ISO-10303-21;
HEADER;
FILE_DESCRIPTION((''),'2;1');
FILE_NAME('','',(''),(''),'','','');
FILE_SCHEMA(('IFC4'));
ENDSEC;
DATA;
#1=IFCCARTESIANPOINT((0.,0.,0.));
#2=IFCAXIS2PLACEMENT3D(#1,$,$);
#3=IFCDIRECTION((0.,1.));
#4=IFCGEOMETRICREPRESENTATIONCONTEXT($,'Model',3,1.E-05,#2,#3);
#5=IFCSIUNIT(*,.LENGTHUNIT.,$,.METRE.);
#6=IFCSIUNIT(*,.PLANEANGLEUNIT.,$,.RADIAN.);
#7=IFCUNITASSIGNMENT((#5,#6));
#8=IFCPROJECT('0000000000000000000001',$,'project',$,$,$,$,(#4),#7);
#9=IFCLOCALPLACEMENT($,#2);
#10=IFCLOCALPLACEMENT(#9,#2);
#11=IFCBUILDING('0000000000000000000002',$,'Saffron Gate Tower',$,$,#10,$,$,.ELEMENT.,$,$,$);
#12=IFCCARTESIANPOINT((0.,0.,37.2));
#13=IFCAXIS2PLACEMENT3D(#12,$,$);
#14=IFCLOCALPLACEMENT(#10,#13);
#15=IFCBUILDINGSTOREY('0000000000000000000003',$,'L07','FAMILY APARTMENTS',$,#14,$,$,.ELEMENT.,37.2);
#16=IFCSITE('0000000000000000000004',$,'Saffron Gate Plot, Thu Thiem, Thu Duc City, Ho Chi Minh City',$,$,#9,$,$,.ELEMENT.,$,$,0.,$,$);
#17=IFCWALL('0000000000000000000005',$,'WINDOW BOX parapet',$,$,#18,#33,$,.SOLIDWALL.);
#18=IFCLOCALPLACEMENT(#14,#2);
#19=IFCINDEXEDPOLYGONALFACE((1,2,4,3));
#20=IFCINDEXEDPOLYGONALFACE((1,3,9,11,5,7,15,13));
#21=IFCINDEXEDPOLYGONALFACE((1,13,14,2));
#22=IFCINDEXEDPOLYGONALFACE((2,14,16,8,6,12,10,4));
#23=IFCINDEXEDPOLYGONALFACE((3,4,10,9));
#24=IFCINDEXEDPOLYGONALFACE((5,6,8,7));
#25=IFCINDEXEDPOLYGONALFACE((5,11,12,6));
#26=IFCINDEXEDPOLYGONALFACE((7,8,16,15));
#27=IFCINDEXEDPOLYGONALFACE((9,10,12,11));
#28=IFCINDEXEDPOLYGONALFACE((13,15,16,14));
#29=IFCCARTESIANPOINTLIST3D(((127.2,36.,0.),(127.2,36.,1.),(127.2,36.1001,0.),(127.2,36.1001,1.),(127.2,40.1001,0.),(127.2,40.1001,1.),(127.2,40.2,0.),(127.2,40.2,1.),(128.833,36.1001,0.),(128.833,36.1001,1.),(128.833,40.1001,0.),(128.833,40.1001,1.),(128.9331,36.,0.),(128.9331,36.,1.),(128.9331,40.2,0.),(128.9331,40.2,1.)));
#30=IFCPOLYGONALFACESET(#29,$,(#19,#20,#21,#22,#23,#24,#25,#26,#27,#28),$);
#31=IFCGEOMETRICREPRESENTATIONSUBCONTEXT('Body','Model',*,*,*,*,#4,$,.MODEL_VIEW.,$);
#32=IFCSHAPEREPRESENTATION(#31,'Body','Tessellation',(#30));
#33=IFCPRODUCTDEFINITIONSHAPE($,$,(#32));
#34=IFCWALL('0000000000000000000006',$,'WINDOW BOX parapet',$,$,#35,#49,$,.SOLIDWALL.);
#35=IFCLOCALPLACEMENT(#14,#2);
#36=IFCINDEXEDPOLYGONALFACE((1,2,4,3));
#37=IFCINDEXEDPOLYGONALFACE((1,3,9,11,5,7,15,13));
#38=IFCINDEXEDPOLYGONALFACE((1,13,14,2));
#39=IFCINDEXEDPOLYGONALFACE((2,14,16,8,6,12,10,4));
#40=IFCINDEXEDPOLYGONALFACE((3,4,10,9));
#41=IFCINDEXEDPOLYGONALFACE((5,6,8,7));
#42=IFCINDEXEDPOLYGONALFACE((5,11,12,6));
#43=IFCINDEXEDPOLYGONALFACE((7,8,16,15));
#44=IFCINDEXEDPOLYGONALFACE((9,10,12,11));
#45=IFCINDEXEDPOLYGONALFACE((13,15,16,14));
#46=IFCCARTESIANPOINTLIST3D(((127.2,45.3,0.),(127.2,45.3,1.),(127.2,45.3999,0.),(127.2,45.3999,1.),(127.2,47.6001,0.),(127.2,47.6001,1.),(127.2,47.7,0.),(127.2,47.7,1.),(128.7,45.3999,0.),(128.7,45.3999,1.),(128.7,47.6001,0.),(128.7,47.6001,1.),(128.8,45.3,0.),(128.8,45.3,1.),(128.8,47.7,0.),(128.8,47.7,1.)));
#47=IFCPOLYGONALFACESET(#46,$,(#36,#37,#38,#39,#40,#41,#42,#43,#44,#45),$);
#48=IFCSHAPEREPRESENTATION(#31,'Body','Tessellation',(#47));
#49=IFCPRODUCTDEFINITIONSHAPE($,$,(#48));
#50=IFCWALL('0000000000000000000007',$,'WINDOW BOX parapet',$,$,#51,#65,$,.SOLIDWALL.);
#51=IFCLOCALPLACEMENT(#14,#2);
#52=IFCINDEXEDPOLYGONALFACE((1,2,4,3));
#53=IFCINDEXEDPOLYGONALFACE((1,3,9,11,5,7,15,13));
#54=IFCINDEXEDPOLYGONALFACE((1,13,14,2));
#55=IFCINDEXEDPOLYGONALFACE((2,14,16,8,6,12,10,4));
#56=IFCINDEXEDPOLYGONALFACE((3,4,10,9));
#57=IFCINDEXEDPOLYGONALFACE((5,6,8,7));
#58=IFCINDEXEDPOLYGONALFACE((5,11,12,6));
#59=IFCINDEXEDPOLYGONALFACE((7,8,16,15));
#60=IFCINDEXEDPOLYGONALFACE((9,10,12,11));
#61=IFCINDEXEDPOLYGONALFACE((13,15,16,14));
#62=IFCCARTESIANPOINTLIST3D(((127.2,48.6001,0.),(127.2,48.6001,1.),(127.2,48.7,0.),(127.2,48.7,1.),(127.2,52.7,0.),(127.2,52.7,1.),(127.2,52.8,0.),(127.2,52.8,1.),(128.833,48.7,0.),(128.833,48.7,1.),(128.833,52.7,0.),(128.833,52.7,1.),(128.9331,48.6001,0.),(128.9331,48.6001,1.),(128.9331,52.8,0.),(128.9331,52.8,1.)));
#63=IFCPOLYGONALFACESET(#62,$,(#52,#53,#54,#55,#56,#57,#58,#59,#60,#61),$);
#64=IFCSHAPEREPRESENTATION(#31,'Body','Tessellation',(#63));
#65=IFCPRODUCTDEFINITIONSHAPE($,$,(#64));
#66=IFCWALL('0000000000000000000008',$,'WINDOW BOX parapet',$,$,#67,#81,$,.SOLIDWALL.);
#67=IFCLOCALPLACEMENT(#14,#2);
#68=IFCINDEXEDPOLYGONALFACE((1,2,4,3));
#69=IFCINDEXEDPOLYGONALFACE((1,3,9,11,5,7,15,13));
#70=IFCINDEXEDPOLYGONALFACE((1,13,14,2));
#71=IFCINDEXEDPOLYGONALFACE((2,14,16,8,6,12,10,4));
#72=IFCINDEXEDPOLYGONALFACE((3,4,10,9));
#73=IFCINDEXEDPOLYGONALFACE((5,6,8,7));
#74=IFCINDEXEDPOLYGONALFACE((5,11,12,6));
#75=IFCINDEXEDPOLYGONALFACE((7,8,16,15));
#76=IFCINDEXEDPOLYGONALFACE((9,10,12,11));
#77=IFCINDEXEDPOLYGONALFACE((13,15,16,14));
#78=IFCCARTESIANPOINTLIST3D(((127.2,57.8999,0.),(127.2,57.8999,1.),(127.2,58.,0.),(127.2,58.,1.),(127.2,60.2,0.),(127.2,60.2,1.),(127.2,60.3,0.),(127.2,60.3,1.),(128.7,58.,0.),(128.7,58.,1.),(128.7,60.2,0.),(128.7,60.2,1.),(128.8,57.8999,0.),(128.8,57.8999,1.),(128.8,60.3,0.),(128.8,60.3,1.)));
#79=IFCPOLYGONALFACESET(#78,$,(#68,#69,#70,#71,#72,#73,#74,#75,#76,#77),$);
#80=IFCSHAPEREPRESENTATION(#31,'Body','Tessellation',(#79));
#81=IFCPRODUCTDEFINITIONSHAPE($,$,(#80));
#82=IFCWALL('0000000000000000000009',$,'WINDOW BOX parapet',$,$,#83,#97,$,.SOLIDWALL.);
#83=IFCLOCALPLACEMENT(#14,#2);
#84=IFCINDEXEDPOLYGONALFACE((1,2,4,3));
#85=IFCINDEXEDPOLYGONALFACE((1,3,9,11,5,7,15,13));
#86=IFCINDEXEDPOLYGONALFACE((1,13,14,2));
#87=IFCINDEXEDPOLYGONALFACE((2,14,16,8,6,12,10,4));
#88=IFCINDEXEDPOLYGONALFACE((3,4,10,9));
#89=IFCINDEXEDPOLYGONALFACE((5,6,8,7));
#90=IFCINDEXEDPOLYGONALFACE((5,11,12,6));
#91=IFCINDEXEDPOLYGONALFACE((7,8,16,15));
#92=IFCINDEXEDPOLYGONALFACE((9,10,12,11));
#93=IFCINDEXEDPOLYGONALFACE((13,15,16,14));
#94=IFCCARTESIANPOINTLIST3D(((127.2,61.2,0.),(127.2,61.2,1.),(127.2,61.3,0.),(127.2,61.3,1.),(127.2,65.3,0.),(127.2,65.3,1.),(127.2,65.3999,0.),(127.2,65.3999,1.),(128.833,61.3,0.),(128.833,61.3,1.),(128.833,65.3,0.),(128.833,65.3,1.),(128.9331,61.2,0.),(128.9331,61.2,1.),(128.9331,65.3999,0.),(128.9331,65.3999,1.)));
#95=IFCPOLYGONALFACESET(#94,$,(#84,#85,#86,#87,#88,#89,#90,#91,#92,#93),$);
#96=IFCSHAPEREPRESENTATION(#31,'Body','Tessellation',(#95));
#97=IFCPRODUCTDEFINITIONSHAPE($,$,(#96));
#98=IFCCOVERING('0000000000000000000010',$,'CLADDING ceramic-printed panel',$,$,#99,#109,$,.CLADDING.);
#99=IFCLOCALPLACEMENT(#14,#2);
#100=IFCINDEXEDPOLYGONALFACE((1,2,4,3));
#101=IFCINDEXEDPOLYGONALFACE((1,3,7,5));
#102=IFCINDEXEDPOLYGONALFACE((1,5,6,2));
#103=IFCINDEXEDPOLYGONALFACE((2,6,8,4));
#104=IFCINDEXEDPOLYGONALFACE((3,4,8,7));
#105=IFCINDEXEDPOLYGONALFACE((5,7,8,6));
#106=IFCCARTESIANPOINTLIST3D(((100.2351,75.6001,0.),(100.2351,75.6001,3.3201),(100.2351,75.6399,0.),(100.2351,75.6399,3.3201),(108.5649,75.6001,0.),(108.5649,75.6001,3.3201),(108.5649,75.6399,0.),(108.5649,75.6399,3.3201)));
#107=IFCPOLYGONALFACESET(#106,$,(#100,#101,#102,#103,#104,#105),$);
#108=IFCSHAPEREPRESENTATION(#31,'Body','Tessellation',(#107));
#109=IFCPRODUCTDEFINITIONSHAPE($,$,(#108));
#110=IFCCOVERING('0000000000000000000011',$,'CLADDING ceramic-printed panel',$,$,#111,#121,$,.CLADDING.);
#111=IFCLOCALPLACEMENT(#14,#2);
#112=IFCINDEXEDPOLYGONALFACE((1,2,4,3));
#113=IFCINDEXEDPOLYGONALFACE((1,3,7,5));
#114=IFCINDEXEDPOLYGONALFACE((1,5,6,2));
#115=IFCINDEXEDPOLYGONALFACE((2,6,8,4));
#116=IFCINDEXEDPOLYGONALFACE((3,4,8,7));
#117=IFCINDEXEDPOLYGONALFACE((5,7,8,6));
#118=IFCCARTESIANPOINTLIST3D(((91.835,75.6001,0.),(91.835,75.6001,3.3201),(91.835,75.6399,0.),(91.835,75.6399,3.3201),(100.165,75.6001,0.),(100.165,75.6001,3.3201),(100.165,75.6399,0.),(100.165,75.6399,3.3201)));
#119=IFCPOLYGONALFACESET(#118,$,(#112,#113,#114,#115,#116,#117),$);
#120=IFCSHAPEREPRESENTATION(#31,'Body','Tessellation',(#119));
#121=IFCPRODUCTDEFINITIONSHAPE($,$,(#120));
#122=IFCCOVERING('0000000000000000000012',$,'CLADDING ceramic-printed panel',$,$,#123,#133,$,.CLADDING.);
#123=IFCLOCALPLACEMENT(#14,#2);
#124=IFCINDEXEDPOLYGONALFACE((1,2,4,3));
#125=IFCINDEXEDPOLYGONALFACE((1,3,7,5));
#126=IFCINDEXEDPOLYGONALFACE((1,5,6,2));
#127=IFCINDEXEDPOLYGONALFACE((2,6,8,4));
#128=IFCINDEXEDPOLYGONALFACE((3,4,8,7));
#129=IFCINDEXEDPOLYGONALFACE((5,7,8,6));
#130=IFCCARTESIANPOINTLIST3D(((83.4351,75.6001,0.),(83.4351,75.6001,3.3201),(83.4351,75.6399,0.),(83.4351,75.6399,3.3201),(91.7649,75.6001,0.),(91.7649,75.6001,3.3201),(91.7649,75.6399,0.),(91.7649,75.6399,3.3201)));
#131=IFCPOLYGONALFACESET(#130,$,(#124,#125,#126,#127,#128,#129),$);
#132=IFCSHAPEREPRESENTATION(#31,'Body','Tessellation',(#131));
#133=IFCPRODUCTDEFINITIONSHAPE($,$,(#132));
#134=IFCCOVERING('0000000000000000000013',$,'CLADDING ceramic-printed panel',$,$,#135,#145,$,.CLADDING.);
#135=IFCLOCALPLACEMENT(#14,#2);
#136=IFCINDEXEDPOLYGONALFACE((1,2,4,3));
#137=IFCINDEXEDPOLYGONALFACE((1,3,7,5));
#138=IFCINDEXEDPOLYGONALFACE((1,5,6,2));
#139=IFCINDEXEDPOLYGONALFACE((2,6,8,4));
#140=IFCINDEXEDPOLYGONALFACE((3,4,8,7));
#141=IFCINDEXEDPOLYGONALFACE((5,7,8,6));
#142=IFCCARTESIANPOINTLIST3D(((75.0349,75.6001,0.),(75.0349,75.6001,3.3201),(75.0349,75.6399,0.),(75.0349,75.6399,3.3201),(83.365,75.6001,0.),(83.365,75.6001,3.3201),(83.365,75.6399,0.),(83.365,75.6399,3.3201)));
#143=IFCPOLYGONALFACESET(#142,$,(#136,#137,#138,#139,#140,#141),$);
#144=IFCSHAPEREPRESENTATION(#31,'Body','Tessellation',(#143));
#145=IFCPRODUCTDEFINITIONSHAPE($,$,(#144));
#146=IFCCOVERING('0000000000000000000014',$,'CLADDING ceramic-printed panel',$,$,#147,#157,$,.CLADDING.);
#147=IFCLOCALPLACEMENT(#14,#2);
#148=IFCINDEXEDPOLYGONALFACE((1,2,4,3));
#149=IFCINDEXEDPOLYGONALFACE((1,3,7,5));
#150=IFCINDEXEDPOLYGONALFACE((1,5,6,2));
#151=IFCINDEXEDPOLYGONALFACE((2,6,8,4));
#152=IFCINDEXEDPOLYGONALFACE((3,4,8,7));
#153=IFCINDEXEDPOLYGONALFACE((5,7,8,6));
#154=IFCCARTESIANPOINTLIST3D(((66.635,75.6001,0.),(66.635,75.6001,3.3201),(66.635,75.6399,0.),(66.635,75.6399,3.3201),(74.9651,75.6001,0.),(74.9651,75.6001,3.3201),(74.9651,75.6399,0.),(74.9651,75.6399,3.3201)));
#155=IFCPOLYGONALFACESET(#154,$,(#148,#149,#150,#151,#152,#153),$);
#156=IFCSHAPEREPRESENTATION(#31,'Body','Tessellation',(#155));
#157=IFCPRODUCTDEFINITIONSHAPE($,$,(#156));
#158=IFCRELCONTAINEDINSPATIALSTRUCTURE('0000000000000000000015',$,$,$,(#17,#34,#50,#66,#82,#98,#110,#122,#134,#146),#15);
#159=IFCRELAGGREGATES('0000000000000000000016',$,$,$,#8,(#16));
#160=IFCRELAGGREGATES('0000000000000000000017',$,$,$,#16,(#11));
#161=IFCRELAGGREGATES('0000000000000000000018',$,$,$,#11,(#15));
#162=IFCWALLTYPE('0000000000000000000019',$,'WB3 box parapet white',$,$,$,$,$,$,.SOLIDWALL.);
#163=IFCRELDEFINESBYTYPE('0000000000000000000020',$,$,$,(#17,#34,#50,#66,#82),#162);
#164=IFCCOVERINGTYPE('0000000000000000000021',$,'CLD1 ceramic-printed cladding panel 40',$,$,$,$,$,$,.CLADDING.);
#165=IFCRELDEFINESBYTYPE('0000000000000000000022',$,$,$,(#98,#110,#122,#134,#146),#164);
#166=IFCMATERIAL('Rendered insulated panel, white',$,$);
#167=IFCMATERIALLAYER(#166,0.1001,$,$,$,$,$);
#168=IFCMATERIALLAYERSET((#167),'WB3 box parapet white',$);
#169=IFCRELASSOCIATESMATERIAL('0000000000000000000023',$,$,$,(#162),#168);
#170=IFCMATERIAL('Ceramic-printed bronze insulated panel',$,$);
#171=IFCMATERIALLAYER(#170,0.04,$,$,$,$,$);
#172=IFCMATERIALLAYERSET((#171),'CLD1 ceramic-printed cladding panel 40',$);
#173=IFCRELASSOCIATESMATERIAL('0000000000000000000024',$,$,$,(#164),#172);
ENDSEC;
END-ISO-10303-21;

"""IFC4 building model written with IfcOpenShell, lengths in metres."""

from ifc_helpers import new_model, si_unit, direction, frame, origin, place, context, subcontext, project, spatial, polyline, outline, extrude, material, layer, layer_set, type_object, element, save


model = new_model("IFC4")

# Units and contexts
model_context = context("Model", 3, precision=1e-05, world=origin(), true_north=direction((0.0, 1.0)))
body_context = subcontext(model_context, "Body", "Model", "MODEL_VIEW")
ifc_project = project(units=[si_unit("LENGTHUNIT", "METRE"), si_unit("PLANEANGLEUNIT", "RADIAN")], contexts=[model_context])

# Site, building, storey
site_placement = place(None, origin())
site = spatial("IfcSite", under=ifc_project, at=site_placement, Name="Saffron Gate Plot, Thu Thiem, Thu Duc City, Ho Chi Minh City", CompositionType="ELEMENT", RefElevation=0.0)
building_placement = place(site_placement, origin())
building = spatial("IfcBuilding", under=site, at=building_placement, Name="Saffron Gate Tower", CompositionType="ELEMENT")
storey_placement = place(building_placement, frame((0.0, 0.0, 37.2)))
storey = spatial("IfcBuildingStorey", under=building, at=storey_placement, Name="L07", Description="FAMILY APARTMENTS", CompositionType="ELEMENT", Elevation=37.2)

# Walls
ifc_material_1 = material(Name="Rendered insulated panel, white")
ifc_layer_1 = layer(ifc_material_1, 0.1001)
ifc_layer_set_1 = layer_set([ifc_layer_1], Name="WB3 box parapet white")
wall_type = type_object("IfcWallType", Name="WB3 box parapet white", PredefinedType="SOLIDWALL", material=ifc_layer_set_1)
wall_1_placement = place(storey_placement, origin())
element("IfcWall", 1, at=wall_1_placement, inside=storey, type_object=wall_type, Name="WINDOW BOX parapet", PredefinedType="SOLIDWALL", context=body_context, shape_type="SweptSolid", body=[
    extrude(outline(polyline([(127.2, 36.0), (127.2, 36.1001), (128.833, 36.1001), (128.833, 40.1001), (127.2, 40.1001), (127.2, 40.2), (128.9331, 40.2), (128.9331, 36.0), (127.2, 36.0)])), origin(), (0.0, 0.0, 1.0), 1.0),
])
wall_2_placement = place(storey_placement, origin())
element("IfcWall", 2, at=wall_2_placement, inside=storey, type_object=wall_type, Name="WINDOW BOX parapet", PredefinedType="SOLIDWALL", context=body_context, shape_type="SweptSolid", body=[
    extrude(outline(polyline([(127.2, 45.3), (127.2, 45.3999), (128.7, 45.3999), (128.7, 47.6001), (127.2, 47.6001), (127.2, 47.7), (128.8, 47.7), (128.8, 45.3), (127.2, 45.3)])), origin(), (0.0, 0.0, 1.0), 1.0),
])
wall_3_placement = place(storey_placement, origin())
element("IfcWall", 3, at=wall_3_placement, inside=storey, type_object=wall_type, Name="WINDOW BOX parapet", PredefinedType="SOLIDWALL", context=body_context, shape_type="SweptSolid", body=[
    extrude(outline(polyline([(127.2, 48.6001), (127.2, 48.7), (128.833, 48.7), (128.833, 52.7), (127.2, 52.7), (127.2, 52.8), (128.9331, 52.8), (128.9331, 48.6001), (127.2, 48.6001)])), origin(), (0.0, 0.0, 1.0), 1.0),
])
wall_4_placement = place(storey_placement, origin())
element("IfcWall", 4, at=wall_4_placement, inside=storey, type_object=wall_type, Name="WINDOW BOX parapet", PredefinedType="SOLIDWALL", context=body_context, shape_type="SweptSolid", body=[
    extrude(outline(polyline([(127.2, 57.8999), (127.2, 58.0), (128.7, 58.0), (128.7, 60.2), (127.2, 60.2), (127.2, 60.3), (128.8, 60.3), (128.8, 57.8999), (127.2, 57.8999)])), origin(), (0.0, 0.0, 1.0), 1.0),
])
wall_5_placement = place(storey_placement, origin())
element("IfcWall", 5, at=wall_5_placement, inside=storey, type_object=wall_type, Name="WINDOW BOX parapet", PredefinedType="SOLIDWALL", context=body_context, shape_type="SweptSolid", body=[
    extrude(outline(polyline([(127.2, 61.2), (127.2, 61.3), (128.833, 61.3), (128.833, 65.3), (127.2, 65.3), (127.2, 65.3999), (128.9331, 65.3999), (128.9331, 61.2), (127.2, 61.2)])), origin(), (0.0, 0.0, 1.0), 1.0),
])

# Coverings
ifc_material_2 = material(Name="Ceramic-printed bronze insulated panel")
ifc_layer_2 = layer(ifc_material_2, 0.04)
ifc_layer_set_2 = layer_set([ifc_layer_2], Name="CLD1 ceramic-printed cladding panel 40")
covering_type = type_object("IfcCoveringType", Name="CLD1 ceramic-printed cladding panel 40", PredefinedType="CLADDING", material=ifc_layer_set_2)
covering_1_placement = place(storey_placement, origin())
element("IfcCovering", 6, at=covering_1_placement, inside=storey, type_object=covering_type, Name="CLADDING ceramic-printed panel", PredefinedType="CLADDING", context=body_context, shape_type="SweptSolid", body=[
    extrude(outline(polyline([(108.5649, 75.6399), (100.2351, 75.6399), (100.2351, 75.6001), (108.5649, 75.6001), (108.5649, 75.6399)])), origin(), (0.0, 0.0, 1.0), 3.3201),
])
covering_2_placement = place(storey_placement, origin())
element("IfcCovering", 7, at=covering_2_placement, inside=storey, type_object=covering_type, Name="CLADDING ceramic-printed panel", PredefinedType="CLADDING", context=body_context, shape_type="SweptSolid", body=[
    extrude(outline(polyline([(100.165, 75.6399), (91.835, 75.6399), (91.835, 75.6001), (100.165, 75.6001), (100.165, 75.6399)])), origin(), (0.0, 0.0, 1.0), 3.3201),
])
covering_3_placement = place(storey_placement, origin())
element("IfcCovering", 8, at=covering_3_placement, inside=storey, type_object=covering_type, Name="CLADDING ceramic-printed panel", PredefinedType="CLADDING", context=body_context, shape_type="SweptSolid", body=[
    extrude(outline(polyline([(91.7649, 75.6399), (83.4351, 75.6399), (83.4351, 75.6001), (91.7649, 75.6001), (91.7649, 75.6399)])), origin(), (0.0, 0.0, 1.0), 3.3201),
])
covering_4_placement = place(storey_placement, origin())
element("IfcCovering", 9, at=covering_4_placement, inside=storey, type_object=covering_type, Name="CLADDING ceramic-printed panel", PredefinedType="CLADDING", context=body_context, shape_type="SweptSolid", body=[
    extrude(outline(polyline([(83.365, 75.6399), (75.0349, 75.6399), (75.0349, 75.6001), (83.365, 75.6001), (83.365, 75.6399)])), origin(), (0.0, 0.0, 1.0), 3.3201),
])
covering_5_placement = place(storey_placement, origin())
element("IfcCovering", 10, at=covering_5_placement, inside=storey, type_object=covering_type, Name="CLADDING ceramic-printed panel", PredefinedType="CLADDING", context=body_context, shape_type="SweptSolid", body=[
    extrude(outline(polyline([(74.9651, 75.6399), (66.635, 75.6399), (66.635, 75.6001), (74.9651, 75.6001), (74.9651, 75.6399)])), origin(), (0.0, 0.0, 1.0), 3.3201),
])

save(model, "model.ifc")
